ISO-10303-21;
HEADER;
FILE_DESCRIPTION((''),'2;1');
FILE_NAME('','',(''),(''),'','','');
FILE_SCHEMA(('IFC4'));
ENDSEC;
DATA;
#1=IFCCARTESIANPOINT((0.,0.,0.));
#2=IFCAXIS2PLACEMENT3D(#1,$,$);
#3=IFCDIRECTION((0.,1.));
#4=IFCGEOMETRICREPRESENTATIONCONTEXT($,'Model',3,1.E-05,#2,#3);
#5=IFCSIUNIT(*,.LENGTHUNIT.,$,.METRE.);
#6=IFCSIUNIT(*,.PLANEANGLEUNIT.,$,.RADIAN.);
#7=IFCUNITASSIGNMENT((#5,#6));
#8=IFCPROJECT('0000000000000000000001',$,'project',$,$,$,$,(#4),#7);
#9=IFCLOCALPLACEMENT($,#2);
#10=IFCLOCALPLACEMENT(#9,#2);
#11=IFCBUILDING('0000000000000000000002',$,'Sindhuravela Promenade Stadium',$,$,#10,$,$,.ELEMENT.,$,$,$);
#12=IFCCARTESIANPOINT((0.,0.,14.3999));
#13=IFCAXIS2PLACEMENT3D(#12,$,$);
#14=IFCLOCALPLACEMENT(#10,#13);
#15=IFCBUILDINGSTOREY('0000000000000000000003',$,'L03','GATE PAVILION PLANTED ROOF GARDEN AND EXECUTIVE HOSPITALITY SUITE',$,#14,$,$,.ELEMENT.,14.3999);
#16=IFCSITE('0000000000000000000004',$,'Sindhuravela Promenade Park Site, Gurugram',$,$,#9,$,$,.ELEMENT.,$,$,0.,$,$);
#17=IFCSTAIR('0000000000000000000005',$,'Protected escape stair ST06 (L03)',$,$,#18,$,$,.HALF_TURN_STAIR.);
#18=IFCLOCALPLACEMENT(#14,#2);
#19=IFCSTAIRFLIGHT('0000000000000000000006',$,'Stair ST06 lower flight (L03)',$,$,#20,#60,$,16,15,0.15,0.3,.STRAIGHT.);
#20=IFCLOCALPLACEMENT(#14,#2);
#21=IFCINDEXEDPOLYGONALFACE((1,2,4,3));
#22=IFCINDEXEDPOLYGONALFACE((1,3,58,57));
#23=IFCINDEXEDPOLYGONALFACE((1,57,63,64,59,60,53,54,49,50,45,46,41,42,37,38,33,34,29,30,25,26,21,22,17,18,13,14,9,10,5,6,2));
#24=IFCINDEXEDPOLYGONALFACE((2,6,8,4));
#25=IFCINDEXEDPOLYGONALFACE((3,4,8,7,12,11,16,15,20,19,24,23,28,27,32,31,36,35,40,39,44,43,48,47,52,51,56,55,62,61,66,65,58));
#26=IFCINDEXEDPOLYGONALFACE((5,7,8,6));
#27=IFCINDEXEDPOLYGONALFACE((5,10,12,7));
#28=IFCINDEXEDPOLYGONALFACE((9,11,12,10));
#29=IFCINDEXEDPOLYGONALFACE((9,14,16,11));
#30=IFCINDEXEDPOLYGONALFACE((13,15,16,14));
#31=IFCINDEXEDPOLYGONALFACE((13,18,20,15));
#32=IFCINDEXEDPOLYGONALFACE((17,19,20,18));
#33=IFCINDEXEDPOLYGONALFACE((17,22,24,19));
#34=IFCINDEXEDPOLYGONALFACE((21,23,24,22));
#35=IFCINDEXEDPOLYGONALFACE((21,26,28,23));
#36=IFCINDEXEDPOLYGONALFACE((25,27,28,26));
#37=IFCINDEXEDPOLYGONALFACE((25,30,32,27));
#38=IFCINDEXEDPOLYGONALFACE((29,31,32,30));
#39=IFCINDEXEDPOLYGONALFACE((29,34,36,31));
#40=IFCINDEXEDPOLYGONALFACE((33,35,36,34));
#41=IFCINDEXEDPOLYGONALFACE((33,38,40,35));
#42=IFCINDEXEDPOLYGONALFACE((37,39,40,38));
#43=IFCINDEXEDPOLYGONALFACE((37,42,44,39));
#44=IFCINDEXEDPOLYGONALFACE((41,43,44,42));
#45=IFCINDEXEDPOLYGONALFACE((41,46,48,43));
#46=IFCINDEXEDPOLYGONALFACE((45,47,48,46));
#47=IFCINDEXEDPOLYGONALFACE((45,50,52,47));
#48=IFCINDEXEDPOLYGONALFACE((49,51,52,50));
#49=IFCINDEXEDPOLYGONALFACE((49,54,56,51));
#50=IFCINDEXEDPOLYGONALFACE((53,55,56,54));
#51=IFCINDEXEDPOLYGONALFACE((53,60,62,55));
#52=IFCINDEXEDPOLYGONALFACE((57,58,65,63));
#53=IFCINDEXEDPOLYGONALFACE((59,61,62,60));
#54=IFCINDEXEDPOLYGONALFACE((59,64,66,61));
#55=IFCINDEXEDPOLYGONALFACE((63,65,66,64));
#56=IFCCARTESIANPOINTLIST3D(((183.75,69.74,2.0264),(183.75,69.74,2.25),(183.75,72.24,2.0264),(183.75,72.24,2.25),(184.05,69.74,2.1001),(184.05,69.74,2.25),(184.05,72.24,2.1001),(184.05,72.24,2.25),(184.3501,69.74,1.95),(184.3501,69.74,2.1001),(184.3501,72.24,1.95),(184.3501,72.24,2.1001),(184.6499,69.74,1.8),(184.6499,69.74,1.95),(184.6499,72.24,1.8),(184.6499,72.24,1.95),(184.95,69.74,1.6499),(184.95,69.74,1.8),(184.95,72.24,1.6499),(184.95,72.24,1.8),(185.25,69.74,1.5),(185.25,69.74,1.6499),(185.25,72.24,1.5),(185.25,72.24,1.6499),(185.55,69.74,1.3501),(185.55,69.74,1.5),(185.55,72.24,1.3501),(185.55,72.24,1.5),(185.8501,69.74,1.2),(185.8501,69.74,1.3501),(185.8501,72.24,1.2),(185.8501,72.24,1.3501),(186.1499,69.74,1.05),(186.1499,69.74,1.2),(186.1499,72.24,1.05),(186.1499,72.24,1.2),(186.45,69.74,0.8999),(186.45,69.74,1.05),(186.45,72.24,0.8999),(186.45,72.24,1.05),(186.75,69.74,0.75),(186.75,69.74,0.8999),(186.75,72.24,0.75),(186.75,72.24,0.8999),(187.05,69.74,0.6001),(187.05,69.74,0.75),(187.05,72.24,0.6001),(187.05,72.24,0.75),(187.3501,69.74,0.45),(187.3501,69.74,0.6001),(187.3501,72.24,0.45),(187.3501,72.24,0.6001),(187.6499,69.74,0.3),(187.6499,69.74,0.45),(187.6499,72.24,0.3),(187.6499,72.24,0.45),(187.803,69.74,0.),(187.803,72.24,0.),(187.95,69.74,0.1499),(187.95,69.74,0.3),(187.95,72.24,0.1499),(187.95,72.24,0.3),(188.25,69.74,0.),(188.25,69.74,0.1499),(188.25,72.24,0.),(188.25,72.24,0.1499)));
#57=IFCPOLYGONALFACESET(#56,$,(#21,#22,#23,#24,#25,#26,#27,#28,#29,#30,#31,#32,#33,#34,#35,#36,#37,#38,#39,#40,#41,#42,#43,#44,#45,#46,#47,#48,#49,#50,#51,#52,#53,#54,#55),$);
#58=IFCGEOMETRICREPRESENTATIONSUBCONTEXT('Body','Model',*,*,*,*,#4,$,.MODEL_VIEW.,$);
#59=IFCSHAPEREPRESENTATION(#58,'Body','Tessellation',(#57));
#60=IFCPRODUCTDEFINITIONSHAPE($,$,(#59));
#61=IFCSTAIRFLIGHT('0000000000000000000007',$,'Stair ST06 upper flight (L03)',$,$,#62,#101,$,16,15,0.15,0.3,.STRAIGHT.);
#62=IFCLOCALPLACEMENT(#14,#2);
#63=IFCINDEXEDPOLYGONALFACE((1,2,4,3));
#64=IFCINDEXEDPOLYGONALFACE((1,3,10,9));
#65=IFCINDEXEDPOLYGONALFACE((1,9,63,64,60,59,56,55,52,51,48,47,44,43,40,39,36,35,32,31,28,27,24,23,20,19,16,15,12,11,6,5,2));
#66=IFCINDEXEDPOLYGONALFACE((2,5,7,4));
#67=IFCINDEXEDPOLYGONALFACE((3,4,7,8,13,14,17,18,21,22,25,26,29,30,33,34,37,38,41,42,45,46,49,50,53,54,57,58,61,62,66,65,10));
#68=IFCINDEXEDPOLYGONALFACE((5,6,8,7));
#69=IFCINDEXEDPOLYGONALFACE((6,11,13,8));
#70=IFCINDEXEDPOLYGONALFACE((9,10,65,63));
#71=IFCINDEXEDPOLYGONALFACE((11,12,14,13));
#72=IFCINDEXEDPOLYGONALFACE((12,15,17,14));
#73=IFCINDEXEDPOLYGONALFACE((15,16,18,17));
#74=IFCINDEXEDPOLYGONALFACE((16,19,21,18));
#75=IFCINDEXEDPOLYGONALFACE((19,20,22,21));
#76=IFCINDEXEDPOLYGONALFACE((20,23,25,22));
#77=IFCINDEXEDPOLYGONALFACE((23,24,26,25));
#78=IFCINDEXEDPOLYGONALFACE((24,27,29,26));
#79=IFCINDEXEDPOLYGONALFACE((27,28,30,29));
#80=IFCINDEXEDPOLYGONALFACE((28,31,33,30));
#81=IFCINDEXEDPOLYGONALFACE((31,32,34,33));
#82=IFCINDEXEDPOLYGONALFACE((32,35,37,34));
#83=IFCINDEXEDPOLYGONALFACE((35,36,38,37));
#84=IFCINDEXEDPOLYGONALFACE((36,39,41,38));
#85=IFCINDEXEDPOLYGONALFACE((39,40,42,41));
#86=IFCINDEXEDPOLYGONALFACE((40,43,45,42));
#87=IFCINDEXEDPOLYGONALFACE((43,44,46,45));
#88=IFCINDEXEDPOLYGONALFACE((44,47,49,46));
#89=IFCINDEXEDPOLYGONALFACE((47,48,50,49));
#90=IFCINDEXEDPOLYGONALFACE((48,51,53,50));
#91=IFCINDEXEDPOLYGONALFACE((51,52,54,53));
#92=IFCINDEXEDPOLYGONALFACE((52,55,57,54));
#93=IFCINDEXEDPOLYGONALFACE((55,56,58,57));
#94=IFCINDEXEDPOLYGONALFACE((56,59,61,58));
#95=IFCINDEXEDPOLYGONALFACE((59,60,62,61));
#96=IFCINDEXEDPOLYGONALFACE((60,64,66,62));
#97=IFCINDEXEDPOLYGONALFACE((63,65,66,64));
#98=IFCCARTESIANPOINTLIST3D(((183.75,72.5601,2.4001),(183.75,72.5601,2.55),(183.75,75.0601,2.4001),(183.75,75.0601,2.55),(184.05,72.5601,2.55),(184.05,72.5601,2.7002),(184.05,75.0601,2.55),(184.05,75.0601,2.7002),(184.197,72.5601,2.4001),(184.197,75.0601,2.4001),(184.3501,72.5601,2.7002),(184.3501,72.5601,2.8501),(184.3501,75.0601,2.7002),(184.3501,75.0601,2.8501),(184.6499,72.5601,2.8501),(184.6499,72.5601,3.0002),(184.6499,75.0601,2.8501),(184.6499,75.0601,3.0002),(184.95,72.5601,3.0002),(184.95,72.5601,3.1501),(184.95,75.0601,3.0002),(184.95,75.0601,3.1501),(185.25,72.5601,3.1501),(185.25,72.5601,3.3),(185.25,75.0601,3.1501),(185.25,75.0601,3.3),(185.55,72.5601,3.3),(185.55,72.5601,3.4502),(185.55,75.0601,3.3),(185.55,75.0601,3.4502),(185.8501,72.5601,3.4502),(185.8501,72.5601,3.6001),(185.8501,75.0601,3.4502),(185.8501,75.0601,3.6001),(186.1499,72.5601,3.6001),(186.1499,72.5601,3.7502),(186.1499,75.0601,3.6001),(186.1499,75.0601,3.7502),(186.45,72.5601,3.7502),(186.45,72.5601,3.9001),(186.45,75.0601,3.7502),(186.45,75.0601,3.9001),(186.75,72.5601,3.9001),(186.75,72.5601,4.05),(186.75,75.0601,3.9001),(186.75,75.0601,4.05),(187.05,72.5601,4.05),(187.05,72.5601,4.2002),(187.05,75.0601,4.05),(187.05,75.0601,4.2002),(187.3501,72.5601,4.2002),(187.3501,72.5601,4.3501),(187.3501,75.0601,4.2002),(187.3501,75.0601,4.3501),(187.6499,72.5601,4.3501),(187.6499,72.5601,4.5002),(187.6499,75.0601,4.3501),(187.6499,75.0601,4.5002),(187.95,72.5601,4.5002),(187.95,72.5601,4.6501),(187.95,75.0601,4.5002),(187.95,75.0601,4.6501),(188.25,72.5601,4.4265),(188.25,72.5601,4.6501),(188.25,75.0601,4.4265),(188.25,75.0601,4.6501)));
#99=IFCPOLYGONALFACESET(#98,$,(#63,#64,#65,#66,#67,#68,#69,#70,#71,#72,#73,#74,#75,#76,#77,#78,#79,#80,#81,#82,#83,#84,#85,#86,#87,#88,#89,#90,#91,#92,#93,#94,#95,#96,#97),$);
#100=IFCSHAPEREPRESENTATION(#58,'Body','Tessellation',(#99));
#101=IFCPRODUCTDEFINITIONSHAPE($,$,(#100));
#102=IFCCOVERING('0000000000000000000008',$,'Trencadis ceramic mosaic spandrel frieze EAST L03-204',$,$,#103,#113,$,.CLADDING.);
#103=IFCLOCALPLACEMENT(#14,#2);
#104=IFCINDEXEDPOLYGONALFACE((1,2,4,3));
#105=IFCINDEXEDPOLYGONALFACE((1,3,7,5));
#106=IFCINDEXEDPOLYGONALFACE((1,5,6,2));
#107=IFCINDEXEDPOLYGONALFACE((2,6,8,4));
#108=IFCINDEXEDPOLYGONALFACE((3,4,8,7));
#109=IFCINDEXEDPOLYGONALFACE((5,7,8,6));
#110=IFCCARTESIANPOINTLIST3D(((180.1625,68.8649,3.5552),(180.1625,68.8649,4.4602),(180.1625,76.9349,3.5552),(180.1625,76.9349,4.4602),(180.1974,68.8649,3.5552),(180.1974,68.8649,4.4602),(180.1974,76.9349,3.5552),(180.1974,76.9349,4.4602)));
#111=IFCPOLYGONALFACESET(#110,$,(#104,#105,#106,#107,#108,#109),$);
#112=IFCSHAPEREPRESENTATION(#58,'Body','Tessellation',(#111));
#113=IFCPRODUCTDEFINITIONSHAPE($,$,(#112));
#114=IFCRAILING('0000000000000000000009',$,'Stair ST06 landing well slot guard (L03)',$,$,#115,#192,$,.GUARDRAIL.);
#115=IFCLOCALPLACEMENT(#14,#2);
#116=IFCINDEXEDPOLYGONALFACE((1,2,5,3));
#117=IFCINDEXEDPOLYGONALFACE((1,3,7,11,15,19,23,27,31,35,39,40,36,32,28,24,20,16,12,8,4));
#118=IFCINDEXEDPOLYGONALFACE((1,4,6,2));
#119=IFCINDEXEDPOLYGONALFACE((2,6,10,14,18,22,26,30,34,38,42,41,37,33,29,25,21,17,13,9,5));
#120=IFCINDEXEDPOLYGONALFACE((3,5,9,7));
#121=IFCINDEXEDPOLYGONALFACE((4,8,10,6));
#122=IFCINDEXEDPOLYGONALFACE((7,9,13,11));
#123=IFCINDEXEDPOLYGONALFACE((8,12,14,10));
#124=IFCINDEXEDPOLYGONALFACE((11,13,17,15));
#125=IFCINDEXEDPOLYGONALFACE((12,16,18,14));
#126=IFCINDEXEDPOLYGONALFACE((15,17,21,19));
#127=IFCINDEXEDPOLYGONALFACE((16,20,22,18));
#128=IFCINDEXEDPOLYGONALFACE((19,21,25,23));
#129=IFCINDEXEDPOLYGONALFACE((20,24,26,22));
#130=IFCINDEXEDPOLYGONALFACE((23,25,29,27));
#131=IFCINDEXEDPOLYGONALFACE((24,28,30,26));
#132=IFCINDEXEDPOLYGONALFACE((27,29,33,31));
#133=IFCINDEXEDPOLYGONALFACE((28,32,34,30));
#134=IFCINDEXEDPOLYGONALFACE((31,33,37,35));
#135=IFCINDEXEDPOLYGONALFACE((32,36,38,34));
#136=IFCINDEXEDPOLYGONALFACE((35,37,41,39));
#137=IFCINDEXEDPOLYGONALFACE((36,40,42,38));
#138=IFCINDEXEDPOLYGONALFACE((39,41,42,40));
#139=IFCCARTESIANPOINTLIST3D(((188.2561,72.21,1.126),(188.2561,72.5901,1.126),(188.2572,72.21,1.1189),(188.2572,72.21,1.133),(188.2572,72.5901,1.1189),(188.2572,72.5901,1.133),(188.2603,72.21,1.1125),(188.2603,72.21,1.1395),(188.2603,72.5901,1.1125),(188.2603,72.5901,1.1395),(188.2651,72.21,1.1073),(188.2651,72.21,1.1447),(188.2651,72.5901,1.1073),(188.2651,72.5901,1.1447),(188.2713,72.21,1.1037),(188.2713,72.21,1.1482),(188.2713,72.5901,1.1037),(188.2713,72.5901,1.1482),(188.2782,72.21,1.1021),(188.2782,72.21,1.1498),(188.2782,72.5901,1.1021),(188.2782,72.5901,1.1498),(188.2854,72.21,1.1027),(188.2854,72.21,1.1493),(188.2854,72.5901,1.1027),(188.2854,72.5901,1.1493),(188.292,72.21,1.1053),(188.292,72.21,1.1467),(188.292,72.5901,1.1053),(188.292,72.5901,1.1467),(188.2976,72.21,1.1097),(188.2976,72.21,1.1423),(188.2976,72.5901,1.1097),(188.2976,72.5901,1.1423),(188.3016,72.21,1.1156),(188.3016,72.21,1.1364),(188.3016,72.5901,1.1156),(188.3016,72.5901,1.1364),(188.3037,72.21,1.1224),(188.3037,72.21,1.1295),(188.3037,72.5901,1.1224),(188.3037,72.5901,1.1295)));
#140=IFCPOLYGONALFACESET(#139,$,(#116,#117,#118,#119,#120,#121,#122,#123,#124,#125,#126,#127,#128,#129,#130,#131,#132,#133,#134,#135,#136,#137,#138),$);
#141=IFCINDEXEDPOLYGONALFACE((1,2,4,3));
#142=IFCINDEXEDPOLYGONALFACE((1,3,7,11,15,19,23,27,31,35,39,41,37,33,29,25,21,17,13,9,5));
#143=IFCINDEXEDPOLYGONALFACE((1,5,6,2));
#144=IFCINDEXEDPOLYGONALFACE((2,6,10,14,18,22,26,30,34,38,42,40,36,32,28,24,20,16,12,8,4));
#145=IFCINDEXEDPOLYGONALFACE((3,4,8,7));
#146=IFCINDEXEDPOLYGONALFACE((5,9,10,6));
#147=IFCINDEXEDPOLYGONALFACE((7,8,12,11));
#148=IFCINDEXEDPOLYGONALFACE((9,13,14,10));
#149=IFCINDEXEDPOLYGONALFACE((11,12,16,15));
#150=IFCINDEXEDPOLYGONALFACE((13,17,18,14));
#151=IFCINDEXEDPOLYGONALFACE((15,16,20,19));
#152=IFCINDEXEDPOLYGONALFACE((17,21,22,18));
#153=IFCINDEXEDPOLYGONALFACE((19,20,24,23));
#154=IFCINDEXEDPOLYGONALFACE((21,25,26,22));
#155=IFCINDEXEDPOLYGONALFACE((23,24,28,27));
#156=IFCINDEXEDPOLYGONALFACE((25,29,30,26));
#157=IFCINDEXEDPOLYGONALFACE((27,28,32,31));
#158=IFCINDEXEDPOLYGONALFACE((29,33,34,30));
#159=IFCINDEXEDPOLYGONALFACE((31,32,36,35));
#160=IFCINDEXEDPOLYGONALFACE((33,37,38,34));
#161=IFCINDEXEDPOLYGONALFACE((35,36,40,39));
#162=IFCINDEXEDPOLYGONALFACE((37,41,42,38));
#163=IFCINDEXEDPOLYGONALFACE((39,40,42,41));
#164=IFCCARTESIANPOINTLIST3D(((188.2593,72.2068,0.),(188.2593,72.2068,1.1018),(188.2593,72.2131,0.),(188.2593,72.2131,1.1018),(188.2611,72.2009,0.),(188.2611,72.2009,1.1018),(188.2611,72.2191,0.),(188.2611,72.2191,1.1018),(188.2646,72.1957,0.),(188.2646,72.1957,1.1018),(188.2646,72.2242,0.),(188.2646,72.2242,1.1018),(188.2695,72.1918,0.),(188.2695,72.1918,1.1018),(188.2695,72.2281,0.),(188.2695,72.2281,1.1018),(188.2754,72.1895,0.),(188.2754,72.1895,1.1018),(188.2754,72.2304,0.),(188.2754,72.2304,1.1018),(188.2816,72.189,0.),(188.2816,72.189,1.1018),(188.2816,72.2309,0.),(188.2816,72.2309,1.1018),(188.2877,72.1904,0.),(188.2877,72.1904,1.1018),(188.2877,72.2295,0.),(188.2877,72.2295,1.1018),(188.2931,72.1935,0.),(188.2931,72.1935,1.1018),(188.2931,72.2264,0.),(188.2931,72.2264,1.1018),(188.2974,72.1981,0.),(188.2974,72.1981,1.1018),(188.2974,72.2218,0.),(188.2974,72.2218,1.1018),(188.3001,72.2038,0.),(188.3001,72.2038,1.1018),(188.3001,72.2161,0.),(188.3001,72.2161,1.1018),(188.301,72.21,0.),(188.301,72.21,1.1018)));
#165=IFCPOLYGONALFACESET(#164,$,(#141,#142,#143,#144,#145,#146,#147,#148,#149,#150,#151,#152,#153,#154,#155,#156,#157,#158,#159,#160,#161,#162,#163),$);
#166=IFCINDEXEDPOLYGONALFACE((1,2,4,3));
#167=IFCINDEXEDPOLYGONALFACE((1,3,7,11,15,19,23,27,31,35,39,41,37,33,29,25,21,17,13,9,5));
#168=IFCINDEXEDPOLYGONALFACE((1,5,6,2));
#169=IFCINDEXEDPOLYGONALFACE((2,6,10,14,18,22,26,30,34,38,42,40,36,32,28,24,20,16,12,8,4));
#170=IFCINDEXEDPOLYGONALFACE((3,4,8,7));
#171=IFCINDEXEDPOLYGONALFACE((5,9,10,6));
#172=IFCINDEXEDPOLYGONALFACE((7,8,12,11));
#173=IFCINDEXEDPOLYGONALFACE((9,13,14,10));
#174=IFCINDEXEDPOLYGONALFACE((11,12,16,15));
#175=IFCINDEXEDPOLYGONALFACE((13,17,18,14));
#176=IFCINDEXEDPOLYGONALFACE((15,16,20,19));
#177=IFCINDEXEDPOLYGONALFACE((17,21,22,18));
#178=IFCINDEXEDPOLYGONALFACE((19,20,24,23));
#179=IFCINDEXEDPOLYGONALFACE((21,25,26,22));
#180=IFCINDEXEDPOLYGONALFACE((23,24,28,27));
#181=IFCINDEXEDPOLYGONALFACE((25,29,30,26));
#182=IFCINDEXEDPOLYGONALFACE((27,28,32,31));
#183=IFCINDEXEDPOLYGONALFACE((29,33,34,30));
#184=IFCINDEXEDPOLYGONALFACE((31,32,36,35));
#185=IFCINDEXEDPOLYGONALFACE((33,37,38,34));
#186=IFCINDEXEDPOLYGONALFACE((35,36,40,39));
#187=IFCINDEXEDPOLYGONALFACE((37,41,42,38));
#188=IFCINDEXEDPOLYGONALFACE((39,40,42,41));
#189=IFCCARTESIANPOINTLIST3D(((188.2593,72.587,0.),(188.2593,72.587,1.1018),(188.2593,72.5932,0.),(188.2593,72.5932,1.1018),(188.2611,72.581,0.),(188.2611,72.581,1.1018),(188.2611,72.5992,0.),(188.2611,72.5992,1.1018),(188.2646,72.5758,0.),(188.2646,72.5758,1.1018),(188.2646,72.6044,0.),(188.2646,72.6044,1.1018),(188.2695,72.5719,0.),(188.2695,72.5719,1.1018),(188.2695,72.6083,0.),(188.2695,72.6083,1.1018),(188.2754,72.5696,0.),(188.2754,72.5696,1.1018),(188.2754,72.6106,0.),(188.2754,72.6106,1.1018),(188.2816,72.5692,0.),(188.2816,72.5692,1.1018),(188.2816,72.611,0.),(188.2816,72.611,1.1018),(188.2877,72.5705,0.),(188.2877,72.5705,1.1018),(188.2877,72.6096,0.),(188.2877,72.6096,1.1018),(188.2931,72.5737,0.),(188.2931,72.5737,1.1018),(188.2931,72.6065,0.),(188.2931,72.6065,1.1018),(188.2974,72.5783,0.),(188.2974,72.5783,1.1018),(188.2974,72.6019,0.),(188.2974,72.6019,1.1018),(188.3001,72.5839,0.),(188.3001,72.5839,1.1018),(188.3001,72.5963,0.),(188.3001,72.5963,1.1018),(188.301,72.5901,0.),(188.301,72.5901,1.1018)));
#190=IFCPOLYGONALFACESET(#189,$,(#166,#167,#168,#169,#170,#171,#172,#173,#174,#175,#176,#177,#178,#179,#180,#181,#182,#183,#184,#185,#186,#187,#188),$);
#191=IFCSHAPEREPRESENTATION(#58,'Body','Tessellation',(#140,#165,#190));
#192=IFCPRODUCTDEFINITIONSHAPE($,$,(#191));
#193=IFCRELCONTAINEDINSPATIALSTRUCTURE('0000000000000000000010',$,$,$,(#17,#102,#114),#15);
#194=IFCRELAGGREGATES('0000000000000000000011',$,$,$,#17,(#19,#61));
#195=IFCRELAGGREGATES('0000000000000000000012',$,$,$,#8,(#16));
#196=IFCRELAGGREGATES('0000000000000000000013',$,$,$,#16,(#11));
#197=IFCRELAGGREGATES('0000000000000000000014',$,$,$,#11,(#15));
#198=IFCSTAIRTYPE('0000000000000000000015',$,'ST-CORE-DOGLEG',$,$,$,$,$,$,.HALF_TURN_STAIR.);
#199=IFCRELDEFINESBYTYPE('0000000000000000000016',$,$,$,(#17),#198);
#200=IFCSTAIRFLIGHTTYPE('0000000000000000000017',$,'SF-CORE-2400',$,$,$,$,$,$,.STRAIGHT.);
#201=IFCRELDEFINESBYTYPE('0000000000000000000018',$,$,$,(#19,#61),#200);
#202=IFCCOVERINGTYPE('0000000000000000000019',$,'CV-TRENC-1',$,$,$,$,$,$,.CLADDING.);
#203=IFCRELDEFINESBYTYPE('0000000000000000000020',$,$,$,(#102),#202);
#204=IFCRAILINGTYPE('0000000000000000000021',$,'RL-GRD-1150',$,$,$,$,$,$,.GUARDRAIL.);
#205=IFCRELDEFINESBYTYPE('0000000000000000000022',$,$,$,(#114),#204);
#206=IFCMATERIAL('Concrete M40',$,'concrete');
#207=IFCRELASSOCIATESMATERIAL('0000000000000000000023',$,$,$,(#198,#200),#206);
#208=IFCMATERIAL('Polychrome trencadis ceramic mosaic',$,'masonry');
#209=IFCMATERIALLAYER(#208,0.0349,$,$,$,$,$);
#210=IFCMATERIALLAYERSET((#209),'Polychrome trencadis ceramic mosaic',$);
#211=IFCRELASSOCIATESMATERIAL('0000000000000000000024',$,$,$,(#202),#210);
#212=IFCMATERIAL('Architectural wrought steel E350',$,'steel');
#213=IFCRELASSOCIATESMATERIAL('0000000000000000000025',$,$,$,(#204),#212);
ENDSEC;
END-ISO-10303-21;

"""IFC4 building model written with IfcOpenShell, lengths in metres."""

from ifc_helpers import new_model, si_unit, direction, frame, origin, origin_2d, place, context, subcontext, project, spatial, polyline, rectangle, circle, outline, extrude, material, layer, layer_set, type_object, element, aggregate, save


model = new_model("IFC4")

# Units and contexts
model_context = context("Model", 3, precision=1e-05, world=origin(), true_north=direction((0.0, 1.0)))
body_context = subcontext(model_context, "Body", "Model", "MODEL_VIEW")
ifc_project = project(units=[si_unit("LENGTHUNIT", "METRE"), si_unit("PLANEANGLEUNIT", "RADIAN")], contexts=[model_context])

# Site, building, storey
site_placement = place(None, origin())
site = spatial("IfcSite", under=ifc_project, at=site_placement, Name="Sindhuravela Promenade Park Site, Gurugram", CompositionType="ELEMENT", RefElevation=0.0)
building_placement = place(site_placement, origin())
building = spatial("IfcBuilding", under=site, at=building_placement, Name="Sindhuravela Promenade Stadium", CompositionType="ELEMENT")
storey_placement = place(building_placement, frame((0.0, 0.0, 14.3999)))
storey = spatial("IfcBuildingStorey", under=building, at=storey_placement, Name="L03", Description="GATE PAVILION PLANTED ROOF GARDEN AND EXECUTIVE HOSPITALITY SUITE", CompositionType="ELEMENT", Elevation=14.3999)

# Shared definitions
ifc_material_1 = material(Name="Concrete M40", Category="concrete")

# Shared definitions
ifc_material_2 = material(Name="Architectural wrought steel E350", Category="steel")

# Stair, stair flights
stair_type = type_object("IfcStairType", Name="ST-CORE-DOGLEG", PredefinedType="HALF_TURN_STAIR", material=ifc_material_1)
stair_placement = place(storey_placement, origin())
stair = element("IfcStair", 1, at=stair_placement, inside=storey, type_object=stair_type, Name="Protected escape stair ST06 (L03)", PredefinedType="HALF_TURN_STAIR")
stair_flight_type = type_object("IfcStairFlightType", Name="SF-CORE-2400", PredefinedType="STRAIGHT", material=ifc_material_1)
stair_flight_1_placement = place(storey_placement, frame((188.25, 70.99, 0.0), z_axis=(0.0, 0.0, 1.0), x_axis=(-1.0, 0.0, 0.0)))
stair_flight_1 = element("IfcStairFlight", 2, at=stair_flight_1_placement, type_object=stair_flight_type, Name="Stair ST06 lower flight (L03)", NumberOfRisers=16, NumberOfTreads=15, PredefinedType="STRAIGHT", RiserHeight=0.15, TreadLength=0.3, context=body_context, shape_type="SweptSolid", body=[
    extrude(outline(polyline([(0.0, 0.0), (0.0, 0.1499), (0.3, 0.1499), (0.3, 0.3), (0.6001, 0.3), (0.6001, 0.45), (0.8999, 0.45), (0.8999, 0.6001), (1.2, 0.6001), (1.2, 0.75), (1.5, 0.75), (1.5, 0.8999), (1.8, 0.8999), (1.8, 1.05), (2.1001, 1.05), (2.1001, 1.2), (2.3999, 1.2), (2.3999, 1.3501), (2.7, 1.3501), (2.7, 1.5), (3.0, 1.5), (3.0, 1.6499), (3.3, 1.6499), (3.3, 1.8), (3.6001, 1.8), (3.6001, 1.95), (3.8999, 1.95), (3.8999, 2.1001), (4.2, 2.1001), (4.2, 2.25), (4.5, 2.25), (4.5, 2.3999), (4.5, 2.0264), (0.447, 0.0), (0.0, 0.0)])), frame((0.0, 1.25, 0.0), z_axis=(0.0, -1.0, 0.0), x_axis=(1.0, 0.0, 0.0)), (0.0, 0.0, 1.0), 2.5),
])
stair_flight_2_placement = place(storey_placement, frame((183.75, 73.8101, 2.4001), z_axis=(0.0, 0.0, 1.0), x_axis=(1.0, 0.0, 0.0)))
stair_flight_2 = element("IfcStairFlight", 3, at=stair_flight_2_placement, type_object=stair_flight_type, Name="Stair ST06 upper flight (L03)", NumberOfRisers=16, NumberOfTreads=15, PredefinedType="STRAIGHT", RiserHeight=0.15, TreadLength=0.3, context=body_context, shape_type="SweptSolid", body=[
    extrude(outline(polyline([(0.0, 0.0), (0.0, 0.1499), (0.3, 0.1499), (0.3, 0.3), (0.6001, 0.3), (0.6001, 0.45), (0.8999, 0.45), (0.8999, 0.6001), (1.2, 0.6001), (1.2, 0.75), (1.5, 0.75), (1.5, 0.8999), (1.8, 0.8999), (1.8, 1.05), (2.1001, 1.05), (2.1001, 1.2), (2.3999, 1.2), (2.3999, 1.3501), (2.7, 1.3501), (2.7, 1.5), (3.0, 1.5), (3.0, 1.6499), (3.3, 1.6499), (3.3, 1.8), (3.6001, 1.8), (3.6001, 1.95), (3.8999, 1.95), (3.8999, 2.1001), (4.2, 2.1001), (4.2, 2.25), (4.5, 2.25), (4.5, 2.3999), (4.5, 2.0264), (0.447, 0.0), (0.0, 0.0)])), frame((0.0, 1.25, 0.0), z_axis=(0.0, -1.0, 0.0), x_axis=(1.0, 0.0, 0.0)), (0.0, 0.0, 1.0), 2.5),
])
aggregate(stair, [stair_flight_1, stair_flight_2])

# Covering
ifc_material_3 = material(Name="Polychrome trencadis ceramic mosaic", Category="masonry")
ifc_layer_1 = layer(ifc_material_3, 0.0349)
ifc_layer_set_1 = layer_set([ifc_layer_1], Name="Polychrome trencadis ceramic mosaic")
covering_type = type_object("IfcCoveringType", Name="CV-TRENC-1", PredefinedType="CLADDING", material=ifc_layer_set_1)
covering_placement = place(storey_placement, frame((180.1799, 72.8999, 3.5552), z_axis=(0.0, 0.0, 1.0), x_axis=(0.0, 1.0, 0.0)))
element("IfcCovering", 4, at=covering_placement, inside=storey, type_object=covering_type, Name="Trencadis ceramic mosaic spandrel frieze EAST L03-204", PredefinedType="CLADDING", context=body_context, shape_type="SweptSolid", body=[
    extrude(rectangle(XDim=8.0701, YDim=0.0349, at=origin_2d()), origin(), (0.0, 0.0, 1.0), 0.905),
])

# Railing
railing_type_1 = type_object("IfcRailingType", Name="RL-GRD-1150", PredefinedType="GUARDRAIL", material=ifc_material_2)
railing_1_placement = place(storey_placement, frame((188.28, 72.21, 0.0)))
element("IfcRailing", 5, at=railing_1_placement, inside=storey, type_object=railing_type_1, Name="Stair ST06 landing well slot guard (L03)", PredefinedType="GUARDRAIL", context=body_context, shape_type="SweptSolid", body=[
    extrude(circle(Radius=0.0239, at=origin_2d()), frame((0.0, 0.0, 1.126), z_axis=(0.0, 1.0, 0.0), x_axis=(-1.0, 0.0, 0.0)), (0.0, 0.0, 1.0), 0.3801),
    extrude(circle(Radius=0.021, at=origin_2d()), origin(), (0.0, 0.0, 1.0), 1.1018),
    extrude(circle(Radius=0.021, at=origin_2d()), frame((0.0, 0.3801, 0.0)), (0.0, 0.0, 1.0), 1.1018),
])

save(model, "model.ifc")
